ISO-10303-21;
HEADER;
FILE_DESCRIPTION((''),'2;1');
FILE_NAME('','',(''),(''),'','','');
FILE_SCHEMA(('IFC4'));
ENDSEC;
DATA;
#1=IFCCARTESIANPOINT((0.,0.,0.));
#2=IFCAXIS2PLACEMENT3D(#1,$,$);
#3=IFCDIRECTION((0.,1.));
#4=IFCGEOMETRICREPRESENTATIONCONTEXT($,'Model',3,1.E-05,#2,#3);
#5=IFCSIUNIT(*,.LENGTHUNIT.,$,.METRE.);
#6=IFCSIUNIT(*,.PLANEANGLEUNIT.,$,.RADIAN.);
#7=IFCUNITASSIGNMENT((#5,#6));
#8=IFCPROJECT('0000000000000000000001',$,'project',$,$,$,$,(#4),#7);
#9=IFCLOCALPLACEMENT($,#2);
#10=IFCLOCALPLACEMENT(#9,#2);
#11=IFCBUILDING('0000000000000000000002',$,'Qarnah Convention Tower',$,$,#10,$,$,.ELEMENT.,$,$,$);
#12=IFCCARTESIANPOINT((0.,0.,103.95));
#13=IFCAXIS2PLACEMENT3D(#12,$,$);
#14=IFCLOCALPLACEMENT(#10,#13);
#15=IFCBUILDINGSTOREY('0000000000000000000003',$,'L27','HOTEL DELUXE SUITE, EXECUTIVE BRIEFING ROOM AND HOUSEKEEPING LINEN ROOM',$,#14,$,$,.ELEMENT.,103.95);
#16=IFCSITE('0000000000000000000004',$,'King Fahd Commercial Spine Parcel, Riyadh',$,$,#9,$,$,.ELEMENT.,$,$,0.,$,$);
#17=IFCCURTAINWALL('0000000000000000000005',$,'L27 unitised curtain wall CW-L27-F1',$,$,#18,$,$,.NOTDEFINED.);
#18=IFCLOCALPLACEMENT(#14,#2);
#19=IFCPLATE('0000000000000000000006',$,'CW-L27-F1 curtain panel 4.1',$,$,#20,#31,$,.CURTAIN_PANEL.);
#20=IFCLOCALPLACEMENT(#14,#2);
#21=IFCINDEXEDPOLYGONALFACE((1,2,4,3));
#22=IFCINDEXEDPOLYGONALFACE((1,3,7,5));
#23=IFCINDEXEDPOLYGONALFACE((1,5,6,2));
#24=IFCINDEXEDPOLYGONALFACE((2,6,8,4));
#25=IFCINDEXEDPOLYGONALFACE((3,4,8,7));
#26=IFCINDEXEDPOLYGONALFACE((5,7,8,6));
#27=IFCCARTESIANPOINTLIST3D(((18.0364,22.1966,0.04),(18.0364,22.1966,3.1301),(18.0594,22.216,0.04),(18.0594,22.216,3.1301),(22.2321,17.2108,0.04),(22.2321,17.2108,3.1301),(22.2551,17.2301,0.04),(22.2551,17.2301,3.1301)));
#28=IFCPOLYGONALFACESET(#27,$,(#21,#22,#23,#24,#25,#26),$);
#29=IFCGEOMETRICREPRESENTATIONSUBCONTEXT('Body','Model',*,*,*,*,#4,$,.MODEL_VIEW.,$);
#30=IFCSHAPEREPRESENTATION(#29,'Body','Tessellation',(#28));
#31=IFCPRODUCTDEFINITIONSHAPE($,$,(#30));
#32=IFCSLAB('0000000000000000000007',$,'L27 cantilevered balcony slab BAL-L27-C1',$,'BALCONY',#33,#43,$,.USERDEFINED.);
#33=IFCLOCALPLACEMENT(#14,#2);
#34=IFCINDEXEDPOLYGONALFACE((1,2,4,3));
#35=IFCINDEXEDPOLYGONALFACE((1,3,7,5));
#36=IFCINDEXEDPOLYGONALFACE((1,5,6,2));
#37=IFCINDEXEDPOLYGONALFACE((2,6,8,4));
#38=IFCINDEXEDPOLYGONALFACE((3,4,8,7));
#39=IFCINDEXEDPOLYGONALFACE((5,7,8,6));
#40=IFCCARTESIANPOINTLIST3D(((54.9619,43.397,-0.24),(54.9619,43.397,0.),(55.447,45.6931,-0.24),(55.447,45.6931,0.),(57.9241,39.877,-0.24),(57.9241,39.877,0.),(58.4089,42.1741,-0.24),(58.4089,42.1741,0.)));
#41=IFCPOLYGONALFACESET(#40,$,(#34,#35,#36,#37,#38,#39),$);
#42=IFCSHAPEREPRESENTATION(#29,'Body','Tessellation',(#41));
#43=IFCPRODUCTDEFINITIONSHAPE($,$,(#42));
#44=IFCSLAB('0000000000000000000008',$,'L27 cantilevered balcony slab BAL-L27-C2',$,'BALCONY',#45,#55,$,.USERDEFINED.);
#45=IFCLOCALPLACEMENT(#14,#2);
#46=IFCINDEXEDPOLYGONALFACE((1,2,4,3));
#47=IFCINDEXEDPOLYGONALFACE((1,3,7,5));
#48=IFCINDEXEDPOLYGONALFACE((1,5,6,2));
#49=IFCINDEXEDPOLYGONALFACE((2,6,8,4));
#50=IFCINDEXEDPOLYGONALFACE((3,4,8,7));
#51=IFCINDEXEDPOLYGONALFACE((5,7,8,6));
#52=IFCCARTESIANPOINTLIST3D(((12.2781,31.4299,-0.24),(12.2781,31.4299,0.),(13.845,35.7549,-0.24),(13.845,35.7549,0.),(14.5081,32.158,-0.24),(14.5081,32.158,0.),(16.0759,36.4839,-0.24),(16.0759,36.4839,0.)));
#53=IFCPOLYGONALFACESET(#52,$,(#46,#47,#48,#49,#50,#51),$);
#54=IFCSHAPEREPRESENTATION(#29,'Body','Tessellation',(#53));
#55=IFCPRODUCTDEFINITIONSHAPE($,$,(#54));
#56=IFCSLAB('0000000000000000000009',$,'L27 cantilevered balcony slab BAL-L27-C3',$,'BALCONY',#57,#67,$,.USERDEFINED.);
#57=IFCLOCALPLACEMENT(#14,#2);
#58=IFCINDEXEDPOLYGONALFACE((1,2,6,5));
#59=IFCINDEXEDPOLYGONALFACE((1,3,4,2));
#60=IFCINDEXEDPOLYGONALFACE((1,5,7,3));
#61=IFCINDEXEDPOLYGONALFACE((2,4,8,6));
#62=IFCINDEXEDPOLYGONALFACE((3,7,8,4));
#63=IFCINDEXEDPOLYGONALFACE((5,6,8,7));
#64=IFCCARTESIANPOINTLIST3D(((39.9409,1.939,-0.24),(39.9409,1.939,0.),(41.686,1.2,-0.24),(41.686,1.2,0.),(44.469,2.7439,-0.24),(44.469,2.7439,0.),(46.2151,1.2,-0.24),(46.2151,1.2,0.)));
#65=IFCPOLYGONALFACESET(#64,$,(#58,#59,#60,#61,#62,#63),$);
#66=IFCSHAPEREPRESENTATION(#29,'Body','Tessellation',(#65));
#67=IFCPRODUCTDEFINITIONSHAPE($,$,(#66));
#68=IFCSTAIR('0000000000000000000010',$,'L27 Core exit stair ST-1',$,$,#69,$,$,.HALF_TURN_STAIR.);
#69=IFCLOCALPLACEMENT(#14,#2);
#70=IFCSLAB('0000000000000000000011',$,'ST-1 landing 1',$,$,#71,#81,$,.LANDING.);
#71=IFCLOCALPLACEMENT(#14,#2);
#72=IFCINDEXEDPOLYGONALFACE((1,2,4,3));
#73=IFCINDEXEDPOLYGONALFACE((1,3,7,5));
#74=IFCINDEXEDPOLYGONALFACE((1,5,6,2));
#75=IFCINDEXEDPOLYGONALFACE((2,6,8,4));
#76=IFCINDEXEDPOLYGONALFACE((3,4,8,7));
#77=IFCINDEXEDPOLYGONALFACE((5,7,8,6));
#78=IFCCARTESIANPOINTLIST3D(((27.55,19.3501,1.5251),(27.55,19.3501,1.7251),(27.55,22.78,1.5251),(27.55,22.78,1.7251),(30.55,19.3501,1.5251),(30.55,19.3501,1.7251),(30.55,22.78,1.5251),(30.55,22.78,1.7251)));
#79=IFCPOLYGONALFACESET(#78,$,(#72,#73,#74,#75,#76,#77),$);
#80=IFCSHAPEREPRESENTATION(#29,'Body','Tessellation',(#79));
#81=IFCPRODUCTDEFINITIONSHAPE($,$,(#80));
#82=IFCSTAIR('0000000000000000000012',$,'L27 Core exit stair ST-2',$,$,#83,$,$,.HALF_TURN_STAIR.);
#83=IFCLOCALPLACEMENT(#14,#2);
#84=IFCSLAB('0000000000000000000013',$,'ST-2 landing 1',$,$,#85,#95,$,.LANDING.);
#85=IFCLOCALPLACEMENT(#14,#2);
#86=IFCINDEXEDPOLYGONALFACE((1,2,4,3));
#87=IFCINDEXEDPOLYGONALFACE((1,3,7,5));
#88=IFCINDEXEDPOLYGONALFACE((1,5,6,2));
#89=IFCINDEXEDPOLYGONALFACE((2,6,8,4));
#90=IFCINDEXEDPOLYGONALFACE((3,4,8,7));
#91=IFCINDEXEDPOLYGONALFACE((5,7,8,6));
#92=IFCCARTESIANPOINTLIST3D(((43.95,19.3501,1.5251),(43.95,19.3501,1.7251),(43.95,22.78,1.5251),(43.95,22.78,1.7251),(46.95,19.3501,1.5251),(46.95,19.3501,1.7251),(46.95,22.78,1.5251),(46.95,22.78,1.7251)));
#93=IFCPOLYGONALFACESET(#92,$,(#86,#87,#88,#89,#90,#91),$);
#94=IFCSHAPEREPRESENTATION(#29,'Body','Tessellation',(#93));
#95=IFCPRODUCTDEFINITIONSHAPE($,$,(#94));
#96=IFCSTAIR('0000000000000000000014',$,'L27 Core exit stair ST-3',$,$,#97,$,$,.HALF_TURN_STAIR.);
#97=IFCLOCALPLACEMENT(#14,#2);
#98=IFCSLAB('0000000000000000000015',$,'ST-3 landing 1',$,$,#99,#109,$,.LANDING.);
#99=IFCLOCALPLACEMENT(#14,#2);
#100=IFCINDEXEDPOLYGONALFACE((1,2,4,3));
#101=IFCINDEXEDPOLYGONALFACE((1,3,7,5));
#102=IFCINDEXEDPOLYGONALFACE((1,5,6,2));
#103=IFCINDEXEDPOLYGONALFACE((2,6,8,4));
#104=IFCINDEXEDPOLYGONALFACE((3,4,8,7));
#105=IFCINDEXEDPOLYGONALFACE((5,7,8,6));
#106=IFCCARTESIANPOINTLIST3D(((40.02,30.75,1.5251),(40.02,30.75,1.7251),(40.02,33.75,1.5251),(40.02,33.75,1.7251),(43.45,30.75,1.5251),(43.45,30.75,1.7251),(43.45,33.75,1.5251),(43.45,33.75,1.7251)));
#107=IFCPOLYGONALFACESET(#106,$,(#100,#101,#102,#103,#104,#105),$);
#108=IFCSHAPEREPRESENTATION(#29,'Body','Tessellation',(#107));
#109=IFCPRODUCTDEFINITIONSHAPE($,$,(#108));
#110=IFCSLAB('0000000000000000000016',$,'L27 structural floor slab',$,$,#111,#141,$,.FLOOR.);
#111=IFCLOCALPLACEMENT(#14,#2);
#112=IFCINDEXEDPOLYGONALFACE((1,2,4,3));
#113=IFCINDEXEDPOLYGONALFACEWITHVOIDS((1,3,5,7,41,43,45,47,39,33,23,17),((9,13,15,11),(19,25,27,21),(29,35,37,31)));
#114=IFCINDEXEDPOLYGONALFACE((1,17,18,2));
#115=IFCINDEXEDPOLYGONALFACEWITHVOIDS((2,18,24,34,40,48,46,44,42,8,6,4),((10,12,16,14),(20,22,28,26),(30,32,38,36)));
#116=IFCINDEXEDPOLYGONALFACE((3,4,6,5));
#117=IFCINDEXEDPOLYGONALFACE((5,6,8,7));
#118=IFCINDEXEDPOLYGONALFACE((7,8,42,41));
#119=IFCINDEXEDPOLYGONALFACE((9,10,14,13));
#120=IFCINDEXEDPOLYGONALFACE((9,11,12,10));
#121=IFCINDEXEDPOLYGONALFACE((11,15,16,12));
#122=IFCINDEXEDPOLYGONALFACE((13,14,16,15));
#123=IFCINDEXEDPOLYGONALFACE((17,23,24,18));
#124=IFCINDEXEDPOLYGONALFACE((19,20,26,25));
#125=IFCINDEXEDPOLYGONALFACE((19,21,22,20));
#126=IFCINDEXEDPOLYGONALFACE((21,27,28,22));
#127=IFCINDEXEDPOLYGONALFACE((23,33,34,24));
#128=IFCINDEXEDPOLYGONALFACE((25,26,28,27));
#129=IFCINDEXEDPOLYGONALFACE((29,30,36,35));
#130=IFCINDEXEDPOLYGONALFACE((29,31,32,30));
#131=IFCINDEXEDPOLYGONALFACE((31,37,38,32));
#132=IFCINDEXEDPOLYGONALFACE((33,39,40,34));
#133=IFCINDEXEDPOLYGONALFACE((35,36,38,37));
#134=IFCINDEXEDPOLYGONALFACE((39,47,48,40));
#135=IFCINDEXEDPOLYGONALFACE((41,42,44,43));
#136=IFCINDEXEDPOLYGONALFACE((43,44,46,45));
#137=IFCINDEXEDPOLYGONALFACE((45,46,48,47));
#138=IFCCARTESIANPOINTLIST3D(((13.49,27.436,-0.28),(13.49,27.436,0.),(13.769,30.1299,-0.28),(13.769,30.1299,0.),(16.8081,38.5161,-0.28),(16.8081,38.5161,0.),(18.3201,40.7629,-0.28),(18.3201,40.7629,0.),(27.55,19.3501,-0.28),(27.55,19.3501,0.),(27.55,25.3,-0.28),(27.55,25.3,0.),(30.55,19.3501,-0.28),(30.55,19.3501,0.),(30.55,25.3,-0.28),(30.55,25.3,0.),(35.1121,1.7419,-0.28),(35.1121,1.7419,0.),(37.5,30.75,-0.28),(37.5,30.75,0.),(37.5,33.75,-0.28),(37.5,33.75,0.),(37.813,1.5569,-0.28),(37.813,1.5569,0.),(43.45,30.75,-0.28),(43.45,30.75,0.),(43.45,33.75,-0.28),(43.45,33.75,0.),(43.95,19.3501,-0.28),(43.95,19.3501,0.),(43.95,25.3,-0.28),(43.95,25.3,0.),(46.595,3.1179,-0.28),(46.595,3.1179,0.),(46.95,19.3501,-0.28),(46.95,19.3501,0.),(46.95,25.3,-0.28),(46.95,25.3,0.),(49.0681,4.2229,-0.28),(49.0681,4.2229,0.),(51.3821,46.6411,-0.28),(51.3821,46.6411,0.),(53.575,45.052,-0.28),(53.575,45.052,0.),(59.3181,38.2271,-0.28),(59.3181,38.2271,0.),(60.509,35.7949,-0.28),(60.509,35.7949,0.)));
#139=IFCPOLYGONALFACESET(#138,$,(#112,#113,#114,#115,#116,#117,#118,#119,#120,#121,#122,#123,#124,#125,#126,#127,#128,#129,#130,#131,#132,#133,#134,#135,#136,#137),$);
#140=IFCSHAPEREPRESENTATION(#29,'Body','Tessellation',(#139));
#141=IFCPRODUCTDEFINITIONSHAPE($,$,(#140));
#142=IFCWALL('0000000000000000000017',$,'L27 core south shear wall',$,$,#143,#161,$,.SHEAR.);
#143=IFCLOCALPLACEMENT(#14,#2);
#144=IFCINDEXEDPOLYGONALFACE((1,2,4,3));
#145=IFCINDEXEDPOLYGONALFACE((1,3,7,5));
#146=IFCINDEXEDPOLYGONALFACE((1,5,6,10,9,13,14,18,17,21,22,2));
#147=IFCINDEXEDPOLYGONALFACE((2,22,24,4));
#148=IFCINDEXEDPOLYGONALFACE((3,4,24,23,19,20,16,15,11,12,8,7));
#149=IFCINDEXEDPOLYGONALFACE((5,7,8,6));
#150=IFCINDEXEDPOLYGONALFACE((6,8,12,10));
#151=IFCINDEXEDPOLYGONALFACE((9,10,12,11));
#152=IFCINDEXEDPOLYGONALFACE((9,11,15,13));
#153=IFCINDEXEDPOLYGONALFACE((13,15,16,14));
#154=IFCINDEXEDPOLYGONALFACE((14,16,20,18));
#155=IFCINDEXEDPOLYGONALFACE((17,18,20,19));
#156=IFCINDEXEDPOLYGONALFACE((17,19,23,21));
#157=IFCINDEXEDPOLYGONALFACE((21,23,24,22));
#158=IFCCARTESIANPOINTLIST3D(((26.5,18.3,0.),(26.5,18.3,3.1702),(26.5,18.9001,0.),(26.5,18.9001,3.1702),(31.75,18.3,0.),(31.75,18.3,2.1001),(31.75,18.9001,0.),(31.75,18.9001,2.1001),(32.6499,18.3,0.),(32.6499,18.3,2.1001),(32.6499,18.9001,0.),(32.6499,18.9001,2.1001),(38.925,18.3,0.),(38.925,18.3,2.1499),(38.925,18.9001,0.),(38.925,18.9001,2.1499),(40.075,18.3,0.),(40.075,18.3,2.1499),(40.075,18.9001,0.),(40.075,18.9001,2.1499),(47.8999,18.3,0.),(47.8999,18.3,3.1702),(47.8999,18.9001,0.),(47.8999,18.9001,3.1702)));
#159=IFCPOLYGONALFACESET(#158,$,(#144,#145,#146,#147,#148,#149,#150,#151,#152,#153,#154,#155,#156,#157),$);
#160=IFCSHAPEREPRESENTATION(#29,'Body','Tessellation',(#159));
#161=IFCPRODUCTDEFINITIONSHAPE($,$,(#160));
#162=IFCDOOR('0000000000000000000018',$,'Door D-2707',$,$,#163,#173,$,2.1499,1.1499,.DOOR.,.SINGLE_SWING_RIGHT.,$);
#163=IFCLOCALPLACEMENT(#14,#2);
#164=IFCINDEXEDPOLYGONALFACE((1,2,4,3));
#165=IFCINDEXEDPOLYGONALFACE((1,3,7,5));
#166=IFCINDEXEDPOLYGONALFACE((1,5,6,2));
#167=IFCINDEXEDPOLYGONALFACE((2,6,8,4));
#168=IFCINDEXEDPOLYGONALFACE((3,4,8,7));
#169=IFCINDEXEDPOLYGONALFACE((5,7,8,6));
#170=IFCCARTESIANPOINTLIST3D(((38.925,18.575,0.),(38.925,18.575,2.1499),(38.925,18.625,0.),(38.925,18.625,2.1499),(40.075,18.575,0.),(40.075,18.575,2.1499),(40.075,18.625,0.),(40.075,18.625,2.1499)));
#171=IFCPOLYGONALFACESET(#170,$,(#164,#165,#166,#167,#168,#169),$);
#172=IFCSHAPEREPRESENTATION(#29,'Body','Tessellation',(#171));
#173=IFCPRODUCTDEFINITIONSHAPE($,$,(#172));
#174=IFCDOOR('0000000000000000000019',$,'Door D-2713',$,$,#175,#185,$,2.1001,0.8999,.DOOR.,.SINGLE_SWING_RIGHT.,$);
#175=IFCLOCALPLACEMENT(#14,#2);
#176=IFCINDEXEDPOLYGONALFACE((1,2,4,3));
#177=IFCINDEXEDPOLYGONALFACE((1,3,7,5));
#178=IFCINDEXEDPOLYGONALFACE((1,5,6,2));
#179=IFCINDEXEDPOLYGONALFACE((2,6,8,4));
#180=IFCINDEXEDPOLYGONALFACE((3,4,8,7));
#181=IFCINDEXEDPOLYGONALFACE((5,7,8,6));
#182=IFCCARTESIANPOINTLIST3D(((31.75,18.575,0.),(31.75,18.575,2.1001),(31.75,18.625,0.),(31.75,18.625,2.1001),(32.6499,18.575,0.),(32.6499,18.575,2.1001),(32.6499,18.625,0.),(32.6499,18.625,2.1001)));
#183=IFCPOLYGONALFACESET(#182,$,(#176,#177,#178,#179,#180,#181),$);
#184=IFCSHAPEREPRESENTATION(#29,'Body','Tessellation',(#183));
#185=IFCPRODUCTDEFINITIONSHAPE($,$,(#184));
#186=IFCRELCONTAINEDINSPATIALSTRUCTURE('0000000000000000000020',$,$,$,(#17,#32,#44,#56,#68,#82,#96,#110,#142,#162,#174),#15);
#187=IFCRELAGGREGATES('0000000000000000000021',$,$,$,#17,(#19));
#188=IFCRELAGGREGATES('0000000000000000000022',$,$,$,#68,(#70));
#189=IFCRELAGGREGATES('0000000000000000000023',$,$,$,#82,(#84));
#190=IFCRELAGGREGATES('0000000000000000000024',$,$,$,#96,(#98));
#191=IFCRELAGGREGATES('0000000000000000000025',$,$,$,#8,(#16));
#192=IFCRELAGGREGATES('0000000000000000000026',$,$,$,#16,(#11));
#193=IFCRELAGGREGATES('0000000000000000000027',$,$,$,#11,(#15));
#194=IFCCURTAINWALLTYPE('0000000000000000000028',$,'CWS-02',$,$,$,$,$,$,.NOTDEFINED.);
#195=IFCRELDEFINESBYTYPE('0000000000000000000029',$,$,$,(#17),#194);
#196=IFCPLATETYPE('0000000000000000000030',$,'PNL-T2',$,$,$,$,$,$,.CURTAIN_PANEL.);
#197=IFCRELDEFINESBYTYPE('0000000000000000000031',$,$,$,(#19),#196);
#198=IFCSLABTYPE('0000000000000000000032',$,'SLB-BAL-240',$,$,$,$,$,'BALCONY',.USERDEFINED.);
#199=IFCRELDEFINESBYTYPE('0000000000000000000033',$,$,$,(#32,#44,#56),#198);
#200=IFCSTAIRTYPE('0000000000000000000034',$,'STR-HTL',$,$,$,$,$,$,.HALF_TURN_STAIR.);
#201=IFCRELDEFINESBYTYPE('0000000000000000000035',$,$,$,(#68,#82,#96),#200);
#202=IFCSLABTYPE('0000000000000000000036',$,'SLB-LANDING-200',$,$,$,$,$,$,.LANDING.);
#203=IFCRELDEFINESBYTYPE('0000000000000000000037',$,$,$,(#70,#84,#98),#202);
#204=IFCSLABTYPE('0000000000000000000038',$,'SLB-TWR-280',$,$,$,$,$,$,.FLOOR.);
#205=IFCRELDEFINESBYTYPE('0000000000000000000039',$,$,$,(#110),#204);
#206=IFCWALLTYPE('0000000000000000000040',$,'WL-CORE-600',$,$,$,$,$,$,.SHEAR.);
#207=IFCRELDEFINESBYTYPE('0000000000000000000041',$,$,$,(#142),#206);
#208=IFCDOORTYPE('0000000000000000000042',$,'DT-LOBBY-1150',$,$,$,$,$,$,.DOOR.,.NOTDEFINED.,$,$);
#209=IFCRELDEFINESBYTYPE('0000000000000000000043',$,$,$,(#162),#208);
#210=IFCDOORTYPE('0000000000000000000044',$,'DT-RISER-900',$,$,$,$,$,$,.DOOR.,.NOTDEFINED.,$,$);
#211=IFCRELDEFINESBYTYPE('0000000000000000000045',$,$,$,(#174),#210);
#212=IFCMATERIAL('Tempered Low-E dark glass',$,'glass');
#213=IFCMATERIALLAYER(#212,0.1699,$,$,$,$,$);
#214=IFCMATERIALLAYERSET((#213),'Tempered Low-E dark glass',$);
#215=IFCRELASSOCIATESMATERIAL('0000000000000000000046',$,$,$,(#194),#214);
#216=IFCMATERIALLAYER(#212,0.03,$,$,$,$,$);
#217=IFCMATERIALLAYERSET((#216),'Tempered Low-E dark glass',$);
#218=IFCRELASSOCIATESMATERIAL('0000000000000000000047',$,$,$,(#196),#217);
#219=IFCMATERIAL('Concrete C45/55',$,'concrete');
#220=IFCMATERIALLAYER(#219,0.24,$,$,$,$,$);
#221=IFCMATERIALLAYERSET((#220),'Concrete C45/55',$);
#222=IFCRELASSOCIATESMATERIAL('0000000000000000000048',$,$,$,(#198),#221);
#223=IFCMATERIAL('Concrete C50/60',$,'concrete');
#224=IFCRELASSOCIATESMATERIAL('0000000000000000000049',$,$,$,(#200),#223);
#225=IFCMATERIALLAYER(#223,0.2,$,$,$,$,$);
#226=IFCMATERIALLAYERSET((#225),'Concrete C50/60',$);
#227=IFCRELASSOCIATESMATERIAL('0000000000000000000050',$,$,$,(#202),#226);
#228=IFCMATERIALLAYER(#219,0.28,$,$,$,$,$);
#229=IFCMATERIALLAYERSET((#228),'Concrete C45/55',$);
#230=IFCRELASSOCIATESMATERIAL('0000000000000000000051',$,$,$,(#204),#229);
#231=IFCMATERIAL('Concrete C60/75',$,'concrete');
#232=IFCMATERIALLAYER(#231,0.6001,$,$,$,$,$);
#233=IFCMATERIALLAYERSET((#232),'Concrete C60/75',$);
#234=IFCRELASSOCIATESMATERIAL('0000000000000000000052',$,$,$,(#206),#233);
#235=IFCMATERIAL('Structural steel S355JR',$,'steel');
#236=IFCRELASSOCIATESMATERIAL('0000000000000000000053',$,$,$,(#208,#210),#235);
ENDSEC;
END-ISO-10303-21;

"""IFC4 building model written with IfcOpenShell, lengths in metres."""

from ifc_helpers import new_model, si_unit, direction, frame, frame_2d, origin, origin_2d, place, context, subcontext, project, spatial, polyline, rectangle, outline, extrude, material, layer, layer_set, type_object, element, fill, aggregate, save


model = new_model("IFC4")

# Units and contexts
model_context = context("Model", 3, precision=1e-05, world=origin(), true_north=direction((0.0, 1.0)))
body_context = subcontext(model_context, "Body", "Model", "MODEL_VIEW")
ifc_project = project(units=[si_unit("LENGTHUNIT", "METRE"), si_unit("PLANEANGLEUNIT", "RADIAN")], contexts=[model_context])

# Site, building, storey
site_placement = place(None, origin())
site = spatial("IfcSite", under=ifc_project, at=site_placement, Name="King Fahd Commercial Spine Parcel, Riyadh", CompositionType="ELEMENT", RefElevation=0.0)
building_placement = place(site_placement, origin())
building = spatial("IfcBuilding", under=site, at=building_placement, Name="Qarnah Convention Tower", CompositionType="ELEMENT")
storey_placement = place(building_placement, frame((0.0, 0.0, 103.95)))
storey = spatial("IfcBuildingStorey", under=building, at=storey_placement, Name="L27", Description="HOTEL DELUXE SUITE, EXECUTIVE BRIEFING ROOM AND HOUSEKEEPING LINEN ROOM", CompositionType="ELEMENT", Elevation=103.95)

# Shared definitions
ifc_material_1 = material(Name="Concrete C60/75", Category="concrete")

# Shared definitions
ifc_material_2 = material(Name="Structural steel S355JR", Category="steel")

# Curtain wall, plate
ifc_material_3 = material(Name="Tempered Low-E dark glass", Category="glass")
ifc_layer_1 = layer(ifc_material_3, 0.1699)
ifc_layer_set_1 = layer_set([ifc_layer_1], Name="Tempered Low-E dark glass")
curtain_wall_type = type_object("IfcCurtainWallType", Name="CWS-02", PredefinedType="NOTDEFINED", material=ifc_layer_set_1)
curtain_wall_placement = place(storey_placement, origin())
curtain_wall = element("IfcCurtainWall", 1, at=curtain_wall_placement, inside=storey, type_object=curtain_wall_type, Name="L27 unitised curtain wall CW-L27-F1", PredefinedType="NOTDEFINED")
ifc_layer_2 = layer(ifc_material_3, 0.03)
ifc_layer_set_2 = layer_set([ifc_layer_2], Name="Tempered Low-E dark glass")
plate_type = type_object("IfcPlateType", Name="PNL-T2", PredefinedType="CURTAIN_PANEL", material=ifc_layer_set_2)
plate_1_placement = place(storey_placement, frame((20.1458, 19.7134, 0.04), z_axis=(0.0, 0.0, 1.0), x_axis=(-0.643878, 0.765128, 0.0)))
plate_1 = element("IfcPlate", 2, at=plate_1_placement, type_object=plate_type, Name="CW-L27-F1 curtain panel 4.1", PredefinedType="CURTAIN_PANEL", context=body_context, shape_type="SweptSolid", body=[
    extrude(rectangle(XDim=6.5164, YDim=0.03, at=origin_2d()), origin(), (0.0, 0.0, 1.0), 3.0901),
])
aggregate(curtain_wall, [plate_1])

# Slabs
ifc_material_4 = material(Name="Concrete C45/55", Category="concrete")
ifc_layer_3 = layer(ifc_material_4, 0.24)
ifc_layer_set_3 = layer_set([ifc_layer_3], Name="Concrete C45/55")
slab_type_1 = type_object("IfcSlabType", Name="SLB-BAL-240", ElementType="BALCONY", PredefinedType="USERDEFINED", material=ifc_layer_set_3)
slab_1_placement = place(storey_placement, frame((0.0, 0.0, -0.24)))
element("IfcSlab", 3, at=slab_1_placement, inside=storey, type_object=slab_type_1, Name="L27 cantilevered balcony slab BAL-L27-C1", ObjectType="BALCONY", PredefinedType="USERDEFINED", context=body_context, shape_type="SweptSolid", body=[
    extrude(outline(polyline([(55.447, 45.6931), (58.4089, 42.1741), (57.9241, 39.877), (54.9619, 43.397), (55.447, 45.6931)])), origin(), (0.0, 0.0, 1.0), 0.24),
])
slab_2_placement = place(storey_placement, frame((0.0, 0.0, -0.24)))
element("IfcSlab", 4, at=slab_2_placement, inside=storey, type_object=slab_type_1, Name="L27 cantilevered balcony slab BAL-L27-C2", ObjectType="BALCONY", PredefinedType="USERDEFINED", context=body_context, shape_type="SweptSolid", body=[
    extrude(outline(polyline([(12.2781, 31.4299), (13.845, 35.7549), (16.0759, 36.4839), (14.5081, 32.158), (12.2781, 31.4299)])), origin(), (0.0, 0.0, 1.0), 0.24),
])
slab_3_placement = place(storey_placement, frame((0.0, 0.0, -0.24)))
element("IfcSlab", 5, at=slab_3_placement, inside=storey, type_object=slab_type_1, Name="L27 cantilevered balcony slab BAL-L27-C3", ObjectType="BALCONY", PredefinedType="USERDEFINED", context=body_context, shape_type="SweptSolid", body=[
    extrude(outline(polyline([(46.2151, 1.2), (41.686, 1.2), (39.9409, 1.939), (44.469, 2.7439), (46.2151, 1.2)])), origin(), (0.0, 0.0, 1.0), 0.24),
])

# Stairs, slabs
ifc_material_5 = material(Name="Concrete C50/60", Category="concrete")
stair_type = type_object("IfcStairType", Name="STR-HTL", PredefinedType="HALF_TURN_STAIR", material=ifc_material_5)
stair_1_placement = place(storey_placement, origin())
stair_1 = element("IfcStair", 6, at=stair_1_placement, inside=storey, type_object=stair_type, Name="L27 Core exit stair ST-1", PredefinedType="HALF_TURN_STAIR")
ifc_layer_4 = layer(ifc_material_5, 0.2)
ifc_layer_set_4 = layer_set([ifc_layer_4], Name="Concrete C50/60")
slab_type_2 = type_object("IfcSlabType", Name="SLB-LANDING-200", PredefinedType="LANDING", material=ifc_layer_set_4)
slab_4_placement = place(storey_placement, frame((0.0, 0.0, 1.5251)))
slab_4 = element("IfcSlab", 7, at=slab_4_placement, type_object=slab_type_2, Name="ST-1 landing 1", PredefinedType="LANDING", context=body_context, shape_type="SweptSolid", body=[
    extrude(outline(polyline([(27.55, 22.78), (27.55, 19.3501), (30.55, 19.3501), (30.55, 22.78), (27.55, 22.78)])), origin(), (0.0, 0.0, 1.0), 0.2),
])
aggregate(stair_1, [slab_4])
stair_2_placement = place(storey_placement, origin())
stair_2 = element("IfcStair", 8, at=stair_2_placement, inside=storey, type_object=stair_type, Name="L27 Core exit stair ST-2", PredefinedType="HALF_TURN_STAIR")
slab_5_placement = place(storey_placement, frame((0.0, 0.0, 1.5251)))
slab_5 = element("IfcSlab", 9, at=slab_5_placement, type_object=slab_type_2, Name="ST-2 landing 1", PredefinedType="LANDING", context=body_context, shape_type="SweptSolid", body=[
    extrude(outline(polyline([(43.95, 22.78), (43.95, 19.3501), (46.95, 19.3501), (46.95, 22.78), (43.95, 22.78)])), origin(), (0.0, 0.0, 1.0), 0.2),
])
aggregate(stair_2, [slab_5])
stair_3_placement = place(storey_placement, origin())
stair_3 = element("IfcStair", 10, at=stair_3_placement, inside=storey, type_object=stair_type, Name="L27 Core exit stair ST-3", PredefinedType="HALF_TURN_STAIR")
slab_6_placement = place(storey_placement, frame((0.0, 0.0, 1.5251)))
slab_6 = element("IfcSlab", 11, at=slab_6_placement, type_object=slab_type_2, Name="ST-3 landing 1", PredefinedType="LANDING", context=body_context, shape_type="SweptSolid", body=[
    extrude(outline(polyline([(40.02, 30.75), (43.45, 30.75), (43.45, 33.75), (40.02, 33.75), (40.02, 30.75)])), origin(), (0.0, 0.0, 1.0), 0.2),
])
aggregate(stair_3, [slab_6])

# Slab
ifc_layer_5 = layer(ifc_material_4, 0.28)
ifc_layer_set_5 = layer_set([ifc_layer_5], Name="Concrete C45/55")
slab_type_3 = type_object("IfcSlabType", Name="SLB-TWR-280", PredefinedType="FLOOR", material=ifc_layer_set_5)
slab_7_placement = place(storey_placement, frame((0.0, 0.0, -0.28)))
element("IfcSlab", 12, at=slab_7_placement, inside=storey, type_object=slab_type_3, Name="L27 structural floor slab", PredefinedType="FLOOR", context=body_context, shape_type="SweptSolid", body=[
    extrude(outline(polyline([(51.3821, 46.6411), (18.3201, 40.7629), (16.8081, 38.5161), (13.769, 30.1299), (13.49, 27.436), (35.1121, 1.7419), (37.813, 1.5569), (46.595, 3.1179), (49.0681, 4.2229), (60.509, 35.7949), (59.3181, 38.2271), (53.575, 45.052), (51.3821, 46.6411)]), holes=[polyline([(27.55, 25.3), (27.55, 19.3501), (30.55, 19.3501), (30.55, 25.3), (27.55, 25.3)]), polyline([(43.95, 25.3), (43.95, 19.3501), (46.95, 19.3501), (46.95, 25.3), (43.95, 25.3)]), polyline([(37.5, 30.75), (43.45, 30.75), (43.45, 33.75), (37.5, 33.75), (37.5, 30.75)])]), origin(), (0.0, 0.0, 1.0), 0.28),
])

# Wall, openings, doors
ifc_layer_6 = layer(ifc_material_1, 0.6001)
ifc_layer_set_6 = layer_set([ifc_layer_6], Name="Concrete C60/75")
wall_type_1 = type_object("IfcWallType", Name="WL-CORE-600", PredefinedType="SHEAR", material=ifc_layer_set_6)
wall_1_placement = place(storey_placement, frame((26.5, 18.6001, 0.0), z_axis=(0.0, 0.0, 1.0), x_axis=(1.0, 0.0, 0.0)))
wall_1 = element("IfcWall", 13, at=wall_1_placement, inside=storey, type_object=wall_type_1, Name="L27 core south shear wall", PredefinedType="SHEAR", context=body_context, shape_type="SweptSolid", body=[
    extrude(rectangle(XDim=21.3999, YDim=0.6001, at=frame_2d((10.7, 0.0))), origin(), (0.0, 0.0, 1.0), 3.1702),
])
opening_1_placement = place(wall_1_placement, frame((12.425, 0.0, 0.0)))
opening_1 = element("IfcOpeningElement", 14, at=opening_1_placement, cuts=wall_1, PredefinedType="OPENING", context=body_context, shape_type="SweptSolid", body=[
    extrude(rectangle(XDim=1.1499, YDim=2.1499, at=frame_2d((0.575, 1.075))), frame((0.0, 0.3101, 0.0), z_axis=(0.0, -1.0, 0.0), x_axis=(1.0, 0.0, 0.0)), (0.0, 0.0, 1.0), 0.6201),
])
opening_2_placement = place(wall_1_placement, frame((5.25, 0.0, 0.0)))
opening_2 = element("IfcOpeningElement", 15, at=opening_2_placement, cuts=wall_1, PredefinedType="OPENING", context=body_context, shape_type="SweptSolid", body=[
    extrude(rectangle(XDim=0.8999, YDim=2.1001, at=frame_2d((0.45, 1.05))), frame((0.0, 0.3101, 0.0), z_axis=(0.0, -1.0, 0.0), x_axis=(1.0, 0.0, 0.0)), (0.0, 0.0, 1.0), 0.6201),
])
door_type_1 = type_object("IfcDoorType", Name="DT-LOBBY-1150", OperationType="NOTDEFINED", PredefinedType="DOOR", material=ifc_material_2)
door_1_placement = place(opening_1_placement, origin())
door_1 = element("IfcDoor", 16, at=door_1_placement, inside=storey, type_object=door_type_1, Name="Door D-2707", OperationType="SINGLE_SWING_RIGHT", OverallHeight=2.1499, OverallWidth=1.1499, PredefinedType="DOOR", context=body_context, shape_type="SweptSolid", body=[
    extrude(rectangle(XDim=1.1499, YDim=2.1499, at=frame_2d((0.575, 1.075))), frame((0.0, 0.0249, 0.0), z_axis=(0.0, -1.0, 0.0), x_axis=(1.0, 0.0, 0.0)), (0.0, 0.0, 1.0), 0.05),
])
fill(opening_1, door_1)
door_type_2 = type_object("IfcDoorType", Name="DT-RISER-900", OperationType="NOTDEFINED", PredefinedType="DOOR", material=ifc_material_2)
door_2_placement = place(opening_2_placement, origin())
door_2 = element("IfcDoor", 17, at=door_2_placement, inside=storey, type_object=door_type_2, Name="Door D-2713", OperationType="SINGLE_SWING_RIGHT", OverallHeight=2.1001, OverallWidth=0.8999, PredefinedType="DOOR", context=body_context, shape_type="SweptSolid", body=[
    extrude(rectangle(XDim=0.8999, YDim=2.1001, at=frame_2d((0.45, 1.05))), frame((0.0, 0.0249, 0.0), z_axis=(0.0, -1.0, 0.0), x_axis=(1.0, 0.0, 0.0)), (0.0, 0.0, 1.0), 0.05),
])
fill(opening_2, door_2)

save(model, "model.ifc")
